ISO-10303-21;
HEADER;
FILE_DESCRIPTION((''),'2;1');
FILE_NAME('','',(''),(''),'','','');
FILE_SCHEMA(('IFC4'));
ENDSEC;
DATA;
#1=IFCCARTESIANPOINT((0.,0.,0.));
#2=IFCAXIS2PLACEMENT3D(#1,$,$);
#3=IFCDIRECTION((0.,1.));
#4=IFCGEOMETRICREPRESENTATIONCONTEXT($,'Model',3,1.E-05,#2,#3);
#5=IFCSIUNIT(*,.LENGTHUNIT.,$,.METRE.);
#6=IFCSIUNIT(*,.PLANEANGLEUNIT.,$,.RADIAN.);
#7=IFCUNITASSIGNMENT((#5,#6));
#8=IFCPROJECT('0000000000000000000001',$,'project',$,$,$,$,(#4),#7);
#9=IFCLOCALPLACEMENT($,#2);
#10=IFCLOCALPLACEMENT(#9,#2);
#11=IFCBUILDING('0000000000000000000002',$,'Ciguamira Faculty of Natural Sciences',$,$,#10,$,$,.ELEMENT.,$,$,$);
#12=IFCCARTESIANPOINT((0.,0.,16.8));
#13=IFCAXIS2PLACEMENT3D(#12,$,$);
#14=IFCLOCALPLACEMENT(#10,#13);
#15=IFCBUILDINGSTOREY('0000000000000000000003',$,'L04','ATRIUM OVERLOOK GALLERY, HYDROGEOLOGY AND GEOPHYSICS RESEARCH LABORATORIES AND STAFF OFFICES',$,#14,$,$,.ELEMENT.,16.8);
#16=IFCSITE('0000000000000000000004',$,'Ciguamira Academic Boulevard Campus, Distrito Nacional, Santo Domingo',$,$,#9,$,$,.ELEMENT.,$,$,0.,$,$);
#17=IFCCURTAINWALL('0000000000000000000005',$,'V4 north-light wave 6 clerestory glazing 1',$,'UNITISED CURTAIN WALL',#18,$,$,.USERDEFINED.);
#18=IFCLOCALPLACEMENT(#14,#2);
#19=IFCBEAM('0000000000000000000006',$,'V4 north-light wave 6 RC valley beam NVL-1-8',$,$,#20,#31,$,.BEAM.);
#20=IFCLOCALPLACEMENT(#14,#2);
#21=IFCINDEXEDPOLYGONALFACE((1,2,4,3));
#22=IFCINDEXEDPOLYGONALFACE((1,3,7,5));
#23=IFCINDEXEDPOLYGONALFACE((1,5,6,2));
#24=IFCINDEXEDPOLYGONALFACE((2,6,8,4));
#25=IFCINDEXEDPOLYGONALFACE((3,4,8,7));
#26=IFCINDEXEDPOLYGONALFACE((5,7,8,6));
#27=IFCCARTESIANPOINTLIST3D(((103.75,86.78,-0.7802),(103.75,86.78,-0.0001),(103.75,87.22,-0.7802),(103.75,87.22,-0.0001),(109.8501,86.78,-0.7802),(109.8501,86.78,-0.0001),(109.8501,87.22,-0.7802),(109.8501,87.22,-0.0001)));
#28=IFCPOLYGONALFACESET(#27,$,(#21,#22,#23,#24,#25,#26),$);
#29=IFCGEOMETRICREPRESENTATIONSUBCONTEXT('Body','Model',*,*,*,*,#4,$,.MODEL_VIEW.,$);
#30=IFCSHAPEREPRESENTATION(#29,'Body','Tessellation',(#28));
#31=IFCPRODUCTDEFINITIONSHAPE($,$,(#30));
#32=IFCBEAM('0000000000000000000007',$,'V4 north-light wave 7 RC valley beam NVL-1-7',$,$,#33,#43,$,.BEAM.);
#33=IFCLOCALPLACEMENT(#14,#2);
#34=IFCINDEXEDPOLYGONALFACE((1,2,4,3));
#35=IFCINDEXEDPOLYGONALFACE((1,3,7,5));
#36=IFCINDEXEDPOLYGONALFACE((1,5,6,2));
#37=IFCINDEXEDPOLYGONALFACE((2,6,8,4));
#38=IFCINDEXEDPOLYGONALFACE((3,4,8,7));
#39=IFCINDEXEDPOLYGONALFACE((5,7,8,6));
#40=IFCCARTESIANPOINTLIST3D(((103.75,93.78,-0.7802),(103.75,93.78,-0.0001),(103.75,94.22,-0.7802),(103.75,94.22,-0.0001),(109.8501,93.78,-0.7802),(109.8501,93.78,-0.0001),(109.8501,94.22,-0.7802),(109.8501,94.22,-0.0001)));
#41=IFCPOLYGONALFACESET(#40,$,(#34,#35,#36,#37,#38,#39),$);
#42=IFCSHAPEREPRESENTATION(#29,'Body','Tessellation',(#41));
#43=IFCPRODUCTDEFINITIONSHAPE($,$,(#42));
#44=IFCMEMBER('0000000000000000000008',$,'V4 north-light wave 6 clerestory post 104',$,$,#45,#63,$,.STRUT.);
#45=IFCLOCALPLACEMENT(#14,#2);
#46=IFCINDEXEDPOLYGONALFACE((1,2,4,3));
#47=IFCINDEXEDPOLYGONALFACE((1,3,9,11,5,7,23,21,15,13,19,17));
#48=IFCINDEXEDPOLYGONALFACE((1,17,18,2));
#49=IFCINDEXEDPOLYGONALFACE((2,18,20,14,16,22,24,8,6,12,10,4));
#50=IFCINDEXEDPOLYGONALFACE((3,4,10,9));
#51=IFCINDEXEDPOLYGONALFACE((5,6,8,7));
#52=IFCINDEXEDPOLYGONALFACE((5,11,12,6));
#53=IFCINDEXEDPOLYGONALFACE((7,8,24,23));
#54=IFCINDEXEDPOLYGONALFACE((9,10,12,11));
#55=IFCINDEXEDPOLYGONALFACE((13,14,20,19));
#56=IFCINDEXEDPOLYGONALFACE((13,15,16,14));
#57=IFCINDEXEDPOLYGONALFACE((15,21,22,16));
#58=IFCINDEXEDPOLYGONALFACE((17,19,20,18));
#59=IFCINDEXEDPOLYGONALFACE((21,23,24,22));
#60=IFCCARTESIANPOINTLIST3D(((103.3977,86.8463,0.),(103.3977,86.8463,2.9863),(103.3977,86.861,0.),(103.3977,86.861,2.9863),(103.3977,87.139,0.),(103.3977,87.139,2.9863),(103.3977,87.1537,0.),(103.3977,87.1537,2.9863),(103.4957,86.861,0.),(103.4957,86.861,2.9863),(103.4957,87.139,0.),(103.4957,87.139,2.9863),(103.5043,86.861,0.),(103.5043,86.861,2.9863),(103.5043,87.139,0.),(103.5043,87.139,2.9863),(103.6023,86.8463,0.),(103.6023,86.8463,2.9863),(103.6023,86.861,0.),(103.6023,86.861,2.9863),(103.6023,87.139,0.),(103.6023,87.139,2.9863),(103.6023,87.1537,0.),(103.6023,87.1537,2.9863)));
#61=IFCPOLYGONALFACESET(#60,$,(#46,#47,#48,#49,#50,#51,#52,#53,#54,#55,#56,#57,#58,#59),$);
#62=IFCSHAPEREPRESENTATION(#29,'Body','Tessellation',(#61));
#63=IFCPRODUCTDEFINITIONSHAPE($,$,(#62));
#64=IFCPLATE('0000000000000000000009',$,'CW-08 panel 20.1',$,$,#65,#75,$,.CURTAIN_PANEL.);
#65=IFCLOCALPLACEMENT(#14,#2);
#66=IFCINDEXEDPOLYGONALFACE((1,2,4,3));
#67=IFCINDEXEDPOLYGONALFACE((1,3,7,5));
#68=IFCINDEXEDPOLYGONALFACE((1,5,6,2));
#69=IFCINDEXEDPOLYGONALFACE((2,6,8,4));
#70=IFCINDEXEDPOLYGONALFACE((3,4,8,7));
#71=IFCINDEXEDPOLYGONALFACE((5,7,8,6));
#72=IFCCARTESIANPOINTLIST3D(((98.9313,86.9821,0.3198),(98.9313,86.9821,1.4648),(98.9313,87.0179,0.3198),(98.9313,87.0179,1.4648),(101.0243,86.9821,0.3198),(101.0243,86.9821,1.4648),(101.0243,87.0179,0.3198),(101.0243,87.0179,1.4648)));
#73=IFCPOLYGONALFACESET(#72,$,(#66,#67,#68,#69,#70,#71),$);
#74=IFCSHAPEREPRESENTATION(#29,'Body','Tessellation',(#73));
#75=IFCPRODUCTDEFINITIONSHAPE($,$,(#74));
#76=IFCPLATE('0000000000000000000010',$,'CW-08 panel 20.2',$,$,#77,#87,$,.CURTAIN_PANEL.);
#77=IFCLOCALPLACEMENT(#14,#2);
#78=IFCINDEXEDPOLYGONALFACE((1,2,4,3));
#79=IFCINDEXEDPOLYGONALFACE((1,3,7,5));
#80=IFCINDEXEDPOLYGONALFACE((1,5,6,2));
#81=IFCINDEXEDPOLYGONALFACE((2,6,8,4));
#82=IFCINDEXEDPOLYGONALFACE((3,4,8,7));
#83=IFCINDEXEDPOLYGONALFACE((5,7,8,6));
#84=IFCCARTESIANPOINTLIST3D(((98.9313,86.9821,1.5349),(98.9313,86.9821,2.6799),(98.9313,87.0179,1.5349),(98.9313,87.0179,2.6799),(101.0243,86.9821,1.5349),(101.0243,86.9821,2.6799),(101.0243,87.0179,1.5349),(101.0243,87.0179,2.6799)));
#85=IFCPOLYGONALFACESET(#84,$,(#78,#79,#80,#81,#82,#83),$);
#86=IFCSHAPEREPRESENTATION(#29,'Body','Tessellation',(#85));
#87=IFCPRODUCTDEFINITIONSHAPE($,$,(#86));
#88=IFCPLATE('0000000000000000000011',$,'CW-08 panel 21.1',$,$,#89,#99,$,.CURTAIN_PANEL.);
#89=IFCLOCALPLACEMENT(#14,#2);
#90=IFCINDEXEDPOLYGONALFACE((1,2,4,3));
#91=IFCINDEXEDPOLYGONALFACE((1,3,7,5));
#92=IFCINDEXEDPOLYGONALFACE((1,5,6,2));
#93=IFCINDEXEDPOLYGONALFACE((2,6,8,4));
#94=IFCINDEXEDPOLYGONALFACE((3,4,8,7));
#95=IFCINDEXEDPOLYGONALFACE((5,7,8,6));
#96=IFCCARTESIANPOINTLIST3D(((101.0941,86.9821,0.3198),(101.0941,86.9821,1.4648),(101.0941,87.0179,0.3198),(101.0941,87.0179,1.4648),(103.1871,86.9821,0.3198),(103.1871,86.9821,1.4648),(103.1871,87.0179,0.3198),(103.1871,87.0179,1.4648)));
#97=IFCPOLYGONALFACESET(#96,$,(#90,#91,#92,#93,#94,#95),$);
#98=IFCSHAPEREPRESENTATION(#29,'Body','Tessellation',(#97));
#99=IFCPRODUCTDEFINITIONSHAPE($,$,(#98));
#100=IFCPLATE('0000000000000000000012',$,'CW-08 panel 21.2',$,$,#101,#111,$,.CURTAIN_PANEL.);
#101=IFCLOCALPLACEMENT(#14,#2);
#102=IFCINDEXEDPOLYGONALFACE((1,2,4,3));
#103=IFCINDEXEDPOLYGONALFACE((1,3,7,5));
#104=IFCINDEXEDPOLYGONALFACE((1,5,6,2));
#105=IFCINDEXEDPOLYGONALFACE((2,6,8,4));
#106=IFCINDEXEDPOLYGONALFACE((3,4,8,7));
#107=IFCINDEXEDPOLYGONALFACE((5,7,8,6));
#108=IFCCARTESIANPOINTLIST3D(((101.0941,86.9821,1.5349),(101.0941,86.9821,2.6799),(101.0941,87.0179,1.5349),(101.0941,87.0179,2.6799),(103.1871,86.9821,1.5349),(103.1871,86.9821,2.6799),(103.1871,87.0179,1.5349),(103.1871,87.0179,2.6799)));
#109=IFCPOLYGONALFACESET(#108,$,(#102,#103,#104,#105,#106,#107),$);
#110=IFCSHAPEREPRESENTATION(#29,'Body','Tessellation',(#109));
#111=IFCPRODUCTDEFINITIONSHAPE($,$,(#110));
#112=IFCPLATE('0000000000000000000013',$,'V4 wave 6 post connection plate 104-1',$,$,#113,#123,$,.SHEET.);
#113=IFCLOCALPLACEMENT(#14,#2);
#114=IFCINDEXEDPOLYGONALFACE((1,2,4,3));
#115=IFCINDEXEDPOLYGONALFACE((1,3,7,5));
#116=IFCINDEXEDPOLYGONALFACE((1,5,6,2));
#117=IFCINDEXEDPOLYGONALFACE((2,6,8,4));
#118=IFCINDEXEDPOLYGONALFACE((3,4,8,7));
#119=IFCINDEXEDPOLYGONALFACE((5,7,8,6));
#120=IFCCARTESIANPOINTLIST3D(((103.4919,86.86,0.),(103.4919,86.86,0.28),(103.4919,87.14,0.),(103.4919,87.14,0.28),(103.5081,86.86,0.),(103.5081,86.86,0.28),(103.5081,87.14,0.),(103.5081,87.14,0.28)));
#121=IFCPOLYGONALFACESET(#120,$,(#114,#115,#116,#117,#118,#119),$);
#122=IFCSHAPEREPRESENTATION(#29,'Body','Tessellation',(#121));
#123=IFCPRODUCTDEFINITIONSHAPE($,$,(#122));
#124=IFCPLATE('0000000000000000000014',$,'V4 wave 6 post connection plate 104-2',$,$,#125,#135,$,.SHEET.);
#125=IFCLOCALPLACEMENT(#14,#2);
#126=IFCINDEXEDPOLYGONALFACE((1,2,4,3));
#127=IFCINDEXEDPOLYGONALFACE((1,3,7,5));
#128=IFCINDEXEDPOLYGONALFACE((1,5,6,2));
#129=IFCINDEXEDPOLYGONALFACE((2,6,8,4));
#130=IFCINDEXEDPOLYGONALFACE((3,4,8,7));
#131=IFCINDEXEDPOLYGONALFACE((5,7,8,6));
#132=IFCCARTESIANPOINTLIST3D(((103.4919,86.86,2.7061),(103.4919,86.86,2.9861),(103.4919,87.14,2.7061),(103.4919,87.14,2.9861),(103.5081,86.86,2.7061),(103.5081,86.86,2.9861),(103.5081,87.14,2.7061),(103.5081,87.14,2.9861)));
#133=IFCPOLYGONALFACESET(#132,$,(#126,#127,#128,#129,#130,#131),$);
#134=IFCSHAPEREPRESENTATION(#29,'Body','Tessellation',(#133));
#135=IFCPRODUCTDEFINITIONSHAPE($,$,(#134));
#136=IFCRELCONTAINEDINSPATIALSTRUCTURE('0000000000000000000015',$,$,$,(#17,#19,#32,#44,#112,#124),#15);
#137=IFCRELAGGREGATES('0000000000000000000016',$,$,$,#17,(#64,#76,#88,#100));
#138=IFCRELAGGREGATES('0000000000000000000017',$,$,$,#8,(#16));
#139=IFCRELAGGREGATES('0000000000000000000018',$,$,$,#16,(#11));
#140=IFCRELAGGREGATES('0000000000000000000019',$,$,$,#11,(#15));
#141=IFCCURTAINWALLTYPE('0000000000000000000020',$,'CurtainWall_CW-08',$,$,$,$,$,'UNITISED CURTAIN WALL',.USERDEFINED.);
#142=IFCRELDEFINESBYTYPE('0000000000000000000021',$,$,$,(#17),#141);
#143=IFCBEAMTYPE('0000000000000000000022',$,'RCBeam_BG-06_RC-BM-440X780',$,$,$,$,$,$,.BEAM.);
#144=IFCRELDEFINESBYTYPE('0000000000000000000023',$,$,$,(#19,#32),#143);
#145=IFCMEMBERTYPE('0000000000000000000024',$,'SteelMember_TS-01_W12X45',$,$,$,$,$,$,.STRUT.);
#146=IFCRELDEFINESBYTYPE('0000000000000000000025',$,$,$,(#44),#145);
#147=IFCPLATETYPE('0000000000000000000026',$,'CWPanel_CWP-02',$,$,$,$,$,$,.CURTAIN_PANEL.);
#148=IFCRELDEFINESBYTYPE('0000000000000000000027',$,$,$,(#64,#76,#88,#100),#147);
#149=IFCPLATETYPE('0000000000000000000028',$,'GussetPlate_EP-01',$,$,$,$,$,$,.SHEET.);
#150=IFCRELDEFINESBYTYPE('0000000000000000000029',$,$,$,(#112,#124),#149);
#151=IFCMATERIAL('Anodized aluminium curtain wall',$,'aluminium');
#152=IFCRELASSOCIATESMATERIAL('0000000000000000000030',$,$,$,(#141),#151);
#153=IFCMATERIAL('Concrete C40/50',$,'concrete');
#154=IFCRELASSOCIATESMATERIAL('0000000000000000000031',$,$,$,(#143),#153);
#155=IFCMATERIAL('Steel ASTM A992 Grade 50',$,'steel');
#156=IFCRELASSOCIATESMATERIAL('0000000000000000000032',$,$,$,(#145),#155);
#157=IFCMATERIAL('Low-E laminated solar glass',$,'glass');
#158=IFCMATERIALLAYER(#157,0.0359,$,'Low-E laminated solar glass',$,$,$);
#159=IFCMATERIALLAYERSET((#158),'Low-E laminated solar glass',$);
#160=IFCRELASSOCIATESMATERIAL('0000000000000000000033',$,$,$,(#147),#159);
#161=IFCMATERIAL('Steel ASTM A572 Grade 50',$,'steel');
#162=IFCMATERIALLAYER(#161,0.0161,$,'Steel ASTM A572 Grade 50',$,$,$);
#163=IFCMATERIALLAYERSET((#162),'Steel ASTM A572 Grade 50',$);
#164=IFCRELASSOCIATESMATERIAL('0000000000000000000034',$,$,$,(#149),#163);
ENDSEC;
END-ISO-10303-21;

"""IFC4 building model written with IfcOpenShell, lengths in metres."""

from ifc_helpers import new_model, si_unit, direction, frame, origin, origin_2d, place, context, subcontext, project, spatial, rectangle, i_section, extrude, material, layer, layer_set, material_profile, profile_set, type_object, element, aggregate, save


model = new_model("IFC4")

# Units and contexts
model_context = context("Model", 3, precision=1e-05, world=origin(), true_north=direction((0.0, 1.0)))
body_context = subcontext(model_context, "Body", "Model", "MODEL_VIEW")
ifc_project = project(units=[si_unit("LENGTHUNIT", "METRE"), si_unit("PLANEANGLEUNIT", "RADIAN")], contexts=[model_context])

# Site, building, storey
site_placement = place(None, origin())
site = spatial("IfcSite", under=ifc_project, at=site_placement, Name="Ciguamira Academic Boulevard Campus, Distrito Nacional, Santo Domingo", CompositionType="ELEMENT", RefElevation=0.0)
building_placement = place(site_placement, origin())
building = spatial("IfcBuilding", under=site, at=building_placement, Name="Ciguamira Faculty of Natural Sciences", CompositionType="ELEMENT")
storey_placement = place(building_placement, frame((0.0, 0.0, 16.8)))
storey = spatial("IfcBuildingStorey", under=building, at=storey_placement, Name="L04", Description="ATRIUM OVERLOOK GALLERY, HYDROGEOLOGY AND GEOPHYSICS RESEARCH LABORATORIES AND STAFF OFFICES", CompositionType="ELEMENT", Elevation=16.8)

# Shared definitions
ifc_material_1 = material(Name="Anodized aluminium curtain wall", Category="aluminium")

# Curtain wall
curtain_wall_type_1 = type_object("IfcCurtainWallType", Name="CurtainWall_CW-08", ElementType="UNITISED CURTAIN WALL", PredefinedType="USERDEFINED", material=ifc_material_1)
curtain_wall_1_placement = place(storey_placement, origin())
curtain_wall_1 = element("IfcCurtainWall", 1, at=curtain_wall_1_placement, inside=storey, type_object=curtain_wall_type_1, Name="V4 north-light wave 6 clerestory glazing 1", ObjectType="UNITISED CURTAIN WALL", PredefinedType="USERDEFINED")

# Beams
ifc_material_2 = material(Name="Concrete C40/50", Category="concrete")
ifc_material_profile_1 = material_profile(ifc_material_2, rectangle(XDim=0.4399, YDim=0.78, at=origin_2d()), Name="RC-BM-440X780")
ifc_profile_set_1 = profile_set([ifc_material_profile_1], Name="Concrete C40/50")
beam_type = type_object("IfcBeamType", Name="RCBeam_BG-06_RC-BM-440X780", PredefinedType="BEAM", material=ifc_profile_set_1)
for number, where, z_axis, x_axis, name in (
    (2, (103.75, 87.0, -0.3901), (1.0, 0.0, 0.0), (0.0, 1.0, 0.0), "V4 north-light wave 6 RC valley beam NVL-1-8"),
    (3, (103.75, 94.0, -0.3901), (1.0, 0.0, 0.0), (0.0, 1.0, 0.0), "V4 north-light wave 7 RC valley beam NVL-1-7"),
):
    element("IfcBeam", number, at=place(storey_placement, frame(where, z_axis=z_axis, x_axis=x_axis)), inside=storey, type_object=beam_type, Name=name, PredefinedType="BEAM", context=body_context, shape_type="SweptSolid", body=[
        extrude(rectangle(XDim=0.4399, YDim=0.78, at=origin_2d()), origin(), (0.0, 0.0, 1.0), 6.1001),
    ])

# Member
ifc_material_3 = material(Name="Steel ASTM A992 Grade 50", Category="steel")
ifc_material_profile_2 = material_profile(ifc_material_3, i_section(OverallWidth=0.2046, OverallDepth=0.3074, WebThickness=0.0085, FlangeThickness=0.0146, at=origin_2d()), Name="W12X45")
ifc_profile_set_2 = profile_set([ifc_material_profile_2], Name="Steel ASTM A992 Grade 50")
member_type_1 = type_object("IfcMemberType", Name="SteelMember_TS-01_W12X45", PredefinedType="STRUT", material=ifc_profile_set_2)
member_1_placement = place(storey_placement, frame((103.5, 87.0, 0.0), z_axis=(0.0, 0.0, 1.0), x_axis=(1.0, 0.0, 0.0)))
element("IfcMember", 4, at=member_1_placement, inside=storey, type_object=member_type_1, Name="V4 north-light wave 6 clerestory post 104", PredefinedType="STRUT", context=body_context, shape_type="SweptSolid", body=[
    extrude(i_section(OverallWidth=0.2046, OverallDepth=0.3074, WebThickness=0.0085, FlangeThickness=0.0146, at=origin_2d()), origin(), (0.0, 0.0, 1.0), 2.9863),
])

# Plates
ifc_material_4 = material(Name="Low-E laminated solar glass", Category="glass")
ifc_layer_1 = layer(ifc_material_4, 0.0359, Name="Low-E laminated solar glass")
ifc_layer_set_1 = layer_set([ifc_layer_1], Name="Low-E laminated solar glass")
plate_type_1 = type_object("IfcPlateType", Name="CWPanel_CWP-02", PredefinedType="CURTAIN_PANEL", material=ifc_layer_set_1)
plate_1_placement = place(storey_placement, frame((99.9778, 87.0, 0.3198), z_axis=(0.0, 0.0, 1.0), x_axis=(1.0, 0.0, 0.0)))
plate_1 = element("IfcPlate", 5, at=plate_1_placement, type_object=plate_type_1, Name="CW-08 panel 20.1", PredefinedType="CURTAIN_PANEL", context=body_context, shape_type="SweptSolid", body=[
    extrude(rectangle(XDim=2.093, YDim=0.0359, at=origin_2d()), origin(), (0.0, 0.0, 1.0), 1.145),
])
plate_2_placement = place(storey_placement, frame((99.9778, 87.0, 1.5349), z_axis=(0.0, 0.0, 1.0), x_axis=(1.0, 0.0, 0.0)))
plate_2 = element("IfcPlate", 6, at=plate_2_placement, type_object=plate_type_1, Name="CW-08 panel 20.2", PredefinedType="CURTAIN_PANEL", context=body_context, shape_type="SweptSolid", body=[
    extrude(rectangle(XDim=2.093, YDim=0.0359, at=origin_2d()), origin(), (0.0, 0.0, 1.0), 1.145),
])
plate_3_placement = place(storey_placement, frame((102.1406, 87.0, 0.3198), z_axis=(0.0, 0.0, 1.0), x_axis=(1.0, 0.0, 0.0)))
plate_3 = element("IfcPlate", 7, at=plate_3_placement, type_object=plate_type_1, Name="CW-08 panel 21.1", PredefinedType="CURTAIN_PANEL", context=body_context, shape_type="SweptSolid", body=[
    extrude(rectangle(XDim=2.093, YDim=0.0359, at=origin_2d()), origin(), (0.0, 0.0, 1.0), 1.145),
])
plate_4_placement = place(storey_placement, frame((102.1406, 87.0, 1.5349), z_axis=(0.0, 0.0, 1.0), x_axis=(1.0, 0.0, 0.0)))
plate_4 = element("IfcPlate", 8, at=plate_4_placement, type_object=plate_type_1, Name="CW-08 panel 21.2", PredefinedType="CURTAIN_PANEL", context=body_context, shape_type="SweptSolid", body=[
    extrude(rectangle(XDim=2.093, YDim=0.0359, at=origin_2d()), origin(), (0.0, 0.0, 1.0), 1.145),
])
aggregate(curtain_wall_1, [plate_1, plate_2, plate_3, plate_4])

# Plates
ifc_material_5 = material(Name="Steel ASTM A572 Grade 50", Category="steel")
ifc_layer_2 = layer(ifc_material_5, 0.0161, Name="Steel ASTM A572 Grade 50")
ifc_layer_set_2 = layer_set([ifc_layer_2], Name="Steel ASTM A572 Grade 50")
plate_type_2 = type_object("IfcPlateType", Name="GussetPlate_EP-01", PredefinedType="SHEET", material=ifc_layer_set_2)
for number, where, z_axis, x_axis, name in (
    (9, (103.5, 87.0, 0.0), (0.0, 0.0, 1.0), (1.0, 0.0, 0.0), "V4 wave 6 post connection plate 104-1"),
    (10, (103.5, 87.0, 2.7061), (0.0, 0.0, 1.0), (1.0, 0.0, 0.0), "V4 wave 6 post connection plate 104-2"),
):
    element("IfcPlate", number, at=place(storey_placement, frame(where, z_axis=z_axis, x_axis=x_axis)), inside=storey, type_object=plate_type_2, Name=name, PredefinedType="SHEET", context=body_context, shape_type="SweptSolid", body=[
        extrude(rectangle(XDim=0.0161, YDim=0.28, at=origin_2d()), origin(), (0.0, 0.0, 1.0), 0.28),
    ])

save(model, "model.ifc")
